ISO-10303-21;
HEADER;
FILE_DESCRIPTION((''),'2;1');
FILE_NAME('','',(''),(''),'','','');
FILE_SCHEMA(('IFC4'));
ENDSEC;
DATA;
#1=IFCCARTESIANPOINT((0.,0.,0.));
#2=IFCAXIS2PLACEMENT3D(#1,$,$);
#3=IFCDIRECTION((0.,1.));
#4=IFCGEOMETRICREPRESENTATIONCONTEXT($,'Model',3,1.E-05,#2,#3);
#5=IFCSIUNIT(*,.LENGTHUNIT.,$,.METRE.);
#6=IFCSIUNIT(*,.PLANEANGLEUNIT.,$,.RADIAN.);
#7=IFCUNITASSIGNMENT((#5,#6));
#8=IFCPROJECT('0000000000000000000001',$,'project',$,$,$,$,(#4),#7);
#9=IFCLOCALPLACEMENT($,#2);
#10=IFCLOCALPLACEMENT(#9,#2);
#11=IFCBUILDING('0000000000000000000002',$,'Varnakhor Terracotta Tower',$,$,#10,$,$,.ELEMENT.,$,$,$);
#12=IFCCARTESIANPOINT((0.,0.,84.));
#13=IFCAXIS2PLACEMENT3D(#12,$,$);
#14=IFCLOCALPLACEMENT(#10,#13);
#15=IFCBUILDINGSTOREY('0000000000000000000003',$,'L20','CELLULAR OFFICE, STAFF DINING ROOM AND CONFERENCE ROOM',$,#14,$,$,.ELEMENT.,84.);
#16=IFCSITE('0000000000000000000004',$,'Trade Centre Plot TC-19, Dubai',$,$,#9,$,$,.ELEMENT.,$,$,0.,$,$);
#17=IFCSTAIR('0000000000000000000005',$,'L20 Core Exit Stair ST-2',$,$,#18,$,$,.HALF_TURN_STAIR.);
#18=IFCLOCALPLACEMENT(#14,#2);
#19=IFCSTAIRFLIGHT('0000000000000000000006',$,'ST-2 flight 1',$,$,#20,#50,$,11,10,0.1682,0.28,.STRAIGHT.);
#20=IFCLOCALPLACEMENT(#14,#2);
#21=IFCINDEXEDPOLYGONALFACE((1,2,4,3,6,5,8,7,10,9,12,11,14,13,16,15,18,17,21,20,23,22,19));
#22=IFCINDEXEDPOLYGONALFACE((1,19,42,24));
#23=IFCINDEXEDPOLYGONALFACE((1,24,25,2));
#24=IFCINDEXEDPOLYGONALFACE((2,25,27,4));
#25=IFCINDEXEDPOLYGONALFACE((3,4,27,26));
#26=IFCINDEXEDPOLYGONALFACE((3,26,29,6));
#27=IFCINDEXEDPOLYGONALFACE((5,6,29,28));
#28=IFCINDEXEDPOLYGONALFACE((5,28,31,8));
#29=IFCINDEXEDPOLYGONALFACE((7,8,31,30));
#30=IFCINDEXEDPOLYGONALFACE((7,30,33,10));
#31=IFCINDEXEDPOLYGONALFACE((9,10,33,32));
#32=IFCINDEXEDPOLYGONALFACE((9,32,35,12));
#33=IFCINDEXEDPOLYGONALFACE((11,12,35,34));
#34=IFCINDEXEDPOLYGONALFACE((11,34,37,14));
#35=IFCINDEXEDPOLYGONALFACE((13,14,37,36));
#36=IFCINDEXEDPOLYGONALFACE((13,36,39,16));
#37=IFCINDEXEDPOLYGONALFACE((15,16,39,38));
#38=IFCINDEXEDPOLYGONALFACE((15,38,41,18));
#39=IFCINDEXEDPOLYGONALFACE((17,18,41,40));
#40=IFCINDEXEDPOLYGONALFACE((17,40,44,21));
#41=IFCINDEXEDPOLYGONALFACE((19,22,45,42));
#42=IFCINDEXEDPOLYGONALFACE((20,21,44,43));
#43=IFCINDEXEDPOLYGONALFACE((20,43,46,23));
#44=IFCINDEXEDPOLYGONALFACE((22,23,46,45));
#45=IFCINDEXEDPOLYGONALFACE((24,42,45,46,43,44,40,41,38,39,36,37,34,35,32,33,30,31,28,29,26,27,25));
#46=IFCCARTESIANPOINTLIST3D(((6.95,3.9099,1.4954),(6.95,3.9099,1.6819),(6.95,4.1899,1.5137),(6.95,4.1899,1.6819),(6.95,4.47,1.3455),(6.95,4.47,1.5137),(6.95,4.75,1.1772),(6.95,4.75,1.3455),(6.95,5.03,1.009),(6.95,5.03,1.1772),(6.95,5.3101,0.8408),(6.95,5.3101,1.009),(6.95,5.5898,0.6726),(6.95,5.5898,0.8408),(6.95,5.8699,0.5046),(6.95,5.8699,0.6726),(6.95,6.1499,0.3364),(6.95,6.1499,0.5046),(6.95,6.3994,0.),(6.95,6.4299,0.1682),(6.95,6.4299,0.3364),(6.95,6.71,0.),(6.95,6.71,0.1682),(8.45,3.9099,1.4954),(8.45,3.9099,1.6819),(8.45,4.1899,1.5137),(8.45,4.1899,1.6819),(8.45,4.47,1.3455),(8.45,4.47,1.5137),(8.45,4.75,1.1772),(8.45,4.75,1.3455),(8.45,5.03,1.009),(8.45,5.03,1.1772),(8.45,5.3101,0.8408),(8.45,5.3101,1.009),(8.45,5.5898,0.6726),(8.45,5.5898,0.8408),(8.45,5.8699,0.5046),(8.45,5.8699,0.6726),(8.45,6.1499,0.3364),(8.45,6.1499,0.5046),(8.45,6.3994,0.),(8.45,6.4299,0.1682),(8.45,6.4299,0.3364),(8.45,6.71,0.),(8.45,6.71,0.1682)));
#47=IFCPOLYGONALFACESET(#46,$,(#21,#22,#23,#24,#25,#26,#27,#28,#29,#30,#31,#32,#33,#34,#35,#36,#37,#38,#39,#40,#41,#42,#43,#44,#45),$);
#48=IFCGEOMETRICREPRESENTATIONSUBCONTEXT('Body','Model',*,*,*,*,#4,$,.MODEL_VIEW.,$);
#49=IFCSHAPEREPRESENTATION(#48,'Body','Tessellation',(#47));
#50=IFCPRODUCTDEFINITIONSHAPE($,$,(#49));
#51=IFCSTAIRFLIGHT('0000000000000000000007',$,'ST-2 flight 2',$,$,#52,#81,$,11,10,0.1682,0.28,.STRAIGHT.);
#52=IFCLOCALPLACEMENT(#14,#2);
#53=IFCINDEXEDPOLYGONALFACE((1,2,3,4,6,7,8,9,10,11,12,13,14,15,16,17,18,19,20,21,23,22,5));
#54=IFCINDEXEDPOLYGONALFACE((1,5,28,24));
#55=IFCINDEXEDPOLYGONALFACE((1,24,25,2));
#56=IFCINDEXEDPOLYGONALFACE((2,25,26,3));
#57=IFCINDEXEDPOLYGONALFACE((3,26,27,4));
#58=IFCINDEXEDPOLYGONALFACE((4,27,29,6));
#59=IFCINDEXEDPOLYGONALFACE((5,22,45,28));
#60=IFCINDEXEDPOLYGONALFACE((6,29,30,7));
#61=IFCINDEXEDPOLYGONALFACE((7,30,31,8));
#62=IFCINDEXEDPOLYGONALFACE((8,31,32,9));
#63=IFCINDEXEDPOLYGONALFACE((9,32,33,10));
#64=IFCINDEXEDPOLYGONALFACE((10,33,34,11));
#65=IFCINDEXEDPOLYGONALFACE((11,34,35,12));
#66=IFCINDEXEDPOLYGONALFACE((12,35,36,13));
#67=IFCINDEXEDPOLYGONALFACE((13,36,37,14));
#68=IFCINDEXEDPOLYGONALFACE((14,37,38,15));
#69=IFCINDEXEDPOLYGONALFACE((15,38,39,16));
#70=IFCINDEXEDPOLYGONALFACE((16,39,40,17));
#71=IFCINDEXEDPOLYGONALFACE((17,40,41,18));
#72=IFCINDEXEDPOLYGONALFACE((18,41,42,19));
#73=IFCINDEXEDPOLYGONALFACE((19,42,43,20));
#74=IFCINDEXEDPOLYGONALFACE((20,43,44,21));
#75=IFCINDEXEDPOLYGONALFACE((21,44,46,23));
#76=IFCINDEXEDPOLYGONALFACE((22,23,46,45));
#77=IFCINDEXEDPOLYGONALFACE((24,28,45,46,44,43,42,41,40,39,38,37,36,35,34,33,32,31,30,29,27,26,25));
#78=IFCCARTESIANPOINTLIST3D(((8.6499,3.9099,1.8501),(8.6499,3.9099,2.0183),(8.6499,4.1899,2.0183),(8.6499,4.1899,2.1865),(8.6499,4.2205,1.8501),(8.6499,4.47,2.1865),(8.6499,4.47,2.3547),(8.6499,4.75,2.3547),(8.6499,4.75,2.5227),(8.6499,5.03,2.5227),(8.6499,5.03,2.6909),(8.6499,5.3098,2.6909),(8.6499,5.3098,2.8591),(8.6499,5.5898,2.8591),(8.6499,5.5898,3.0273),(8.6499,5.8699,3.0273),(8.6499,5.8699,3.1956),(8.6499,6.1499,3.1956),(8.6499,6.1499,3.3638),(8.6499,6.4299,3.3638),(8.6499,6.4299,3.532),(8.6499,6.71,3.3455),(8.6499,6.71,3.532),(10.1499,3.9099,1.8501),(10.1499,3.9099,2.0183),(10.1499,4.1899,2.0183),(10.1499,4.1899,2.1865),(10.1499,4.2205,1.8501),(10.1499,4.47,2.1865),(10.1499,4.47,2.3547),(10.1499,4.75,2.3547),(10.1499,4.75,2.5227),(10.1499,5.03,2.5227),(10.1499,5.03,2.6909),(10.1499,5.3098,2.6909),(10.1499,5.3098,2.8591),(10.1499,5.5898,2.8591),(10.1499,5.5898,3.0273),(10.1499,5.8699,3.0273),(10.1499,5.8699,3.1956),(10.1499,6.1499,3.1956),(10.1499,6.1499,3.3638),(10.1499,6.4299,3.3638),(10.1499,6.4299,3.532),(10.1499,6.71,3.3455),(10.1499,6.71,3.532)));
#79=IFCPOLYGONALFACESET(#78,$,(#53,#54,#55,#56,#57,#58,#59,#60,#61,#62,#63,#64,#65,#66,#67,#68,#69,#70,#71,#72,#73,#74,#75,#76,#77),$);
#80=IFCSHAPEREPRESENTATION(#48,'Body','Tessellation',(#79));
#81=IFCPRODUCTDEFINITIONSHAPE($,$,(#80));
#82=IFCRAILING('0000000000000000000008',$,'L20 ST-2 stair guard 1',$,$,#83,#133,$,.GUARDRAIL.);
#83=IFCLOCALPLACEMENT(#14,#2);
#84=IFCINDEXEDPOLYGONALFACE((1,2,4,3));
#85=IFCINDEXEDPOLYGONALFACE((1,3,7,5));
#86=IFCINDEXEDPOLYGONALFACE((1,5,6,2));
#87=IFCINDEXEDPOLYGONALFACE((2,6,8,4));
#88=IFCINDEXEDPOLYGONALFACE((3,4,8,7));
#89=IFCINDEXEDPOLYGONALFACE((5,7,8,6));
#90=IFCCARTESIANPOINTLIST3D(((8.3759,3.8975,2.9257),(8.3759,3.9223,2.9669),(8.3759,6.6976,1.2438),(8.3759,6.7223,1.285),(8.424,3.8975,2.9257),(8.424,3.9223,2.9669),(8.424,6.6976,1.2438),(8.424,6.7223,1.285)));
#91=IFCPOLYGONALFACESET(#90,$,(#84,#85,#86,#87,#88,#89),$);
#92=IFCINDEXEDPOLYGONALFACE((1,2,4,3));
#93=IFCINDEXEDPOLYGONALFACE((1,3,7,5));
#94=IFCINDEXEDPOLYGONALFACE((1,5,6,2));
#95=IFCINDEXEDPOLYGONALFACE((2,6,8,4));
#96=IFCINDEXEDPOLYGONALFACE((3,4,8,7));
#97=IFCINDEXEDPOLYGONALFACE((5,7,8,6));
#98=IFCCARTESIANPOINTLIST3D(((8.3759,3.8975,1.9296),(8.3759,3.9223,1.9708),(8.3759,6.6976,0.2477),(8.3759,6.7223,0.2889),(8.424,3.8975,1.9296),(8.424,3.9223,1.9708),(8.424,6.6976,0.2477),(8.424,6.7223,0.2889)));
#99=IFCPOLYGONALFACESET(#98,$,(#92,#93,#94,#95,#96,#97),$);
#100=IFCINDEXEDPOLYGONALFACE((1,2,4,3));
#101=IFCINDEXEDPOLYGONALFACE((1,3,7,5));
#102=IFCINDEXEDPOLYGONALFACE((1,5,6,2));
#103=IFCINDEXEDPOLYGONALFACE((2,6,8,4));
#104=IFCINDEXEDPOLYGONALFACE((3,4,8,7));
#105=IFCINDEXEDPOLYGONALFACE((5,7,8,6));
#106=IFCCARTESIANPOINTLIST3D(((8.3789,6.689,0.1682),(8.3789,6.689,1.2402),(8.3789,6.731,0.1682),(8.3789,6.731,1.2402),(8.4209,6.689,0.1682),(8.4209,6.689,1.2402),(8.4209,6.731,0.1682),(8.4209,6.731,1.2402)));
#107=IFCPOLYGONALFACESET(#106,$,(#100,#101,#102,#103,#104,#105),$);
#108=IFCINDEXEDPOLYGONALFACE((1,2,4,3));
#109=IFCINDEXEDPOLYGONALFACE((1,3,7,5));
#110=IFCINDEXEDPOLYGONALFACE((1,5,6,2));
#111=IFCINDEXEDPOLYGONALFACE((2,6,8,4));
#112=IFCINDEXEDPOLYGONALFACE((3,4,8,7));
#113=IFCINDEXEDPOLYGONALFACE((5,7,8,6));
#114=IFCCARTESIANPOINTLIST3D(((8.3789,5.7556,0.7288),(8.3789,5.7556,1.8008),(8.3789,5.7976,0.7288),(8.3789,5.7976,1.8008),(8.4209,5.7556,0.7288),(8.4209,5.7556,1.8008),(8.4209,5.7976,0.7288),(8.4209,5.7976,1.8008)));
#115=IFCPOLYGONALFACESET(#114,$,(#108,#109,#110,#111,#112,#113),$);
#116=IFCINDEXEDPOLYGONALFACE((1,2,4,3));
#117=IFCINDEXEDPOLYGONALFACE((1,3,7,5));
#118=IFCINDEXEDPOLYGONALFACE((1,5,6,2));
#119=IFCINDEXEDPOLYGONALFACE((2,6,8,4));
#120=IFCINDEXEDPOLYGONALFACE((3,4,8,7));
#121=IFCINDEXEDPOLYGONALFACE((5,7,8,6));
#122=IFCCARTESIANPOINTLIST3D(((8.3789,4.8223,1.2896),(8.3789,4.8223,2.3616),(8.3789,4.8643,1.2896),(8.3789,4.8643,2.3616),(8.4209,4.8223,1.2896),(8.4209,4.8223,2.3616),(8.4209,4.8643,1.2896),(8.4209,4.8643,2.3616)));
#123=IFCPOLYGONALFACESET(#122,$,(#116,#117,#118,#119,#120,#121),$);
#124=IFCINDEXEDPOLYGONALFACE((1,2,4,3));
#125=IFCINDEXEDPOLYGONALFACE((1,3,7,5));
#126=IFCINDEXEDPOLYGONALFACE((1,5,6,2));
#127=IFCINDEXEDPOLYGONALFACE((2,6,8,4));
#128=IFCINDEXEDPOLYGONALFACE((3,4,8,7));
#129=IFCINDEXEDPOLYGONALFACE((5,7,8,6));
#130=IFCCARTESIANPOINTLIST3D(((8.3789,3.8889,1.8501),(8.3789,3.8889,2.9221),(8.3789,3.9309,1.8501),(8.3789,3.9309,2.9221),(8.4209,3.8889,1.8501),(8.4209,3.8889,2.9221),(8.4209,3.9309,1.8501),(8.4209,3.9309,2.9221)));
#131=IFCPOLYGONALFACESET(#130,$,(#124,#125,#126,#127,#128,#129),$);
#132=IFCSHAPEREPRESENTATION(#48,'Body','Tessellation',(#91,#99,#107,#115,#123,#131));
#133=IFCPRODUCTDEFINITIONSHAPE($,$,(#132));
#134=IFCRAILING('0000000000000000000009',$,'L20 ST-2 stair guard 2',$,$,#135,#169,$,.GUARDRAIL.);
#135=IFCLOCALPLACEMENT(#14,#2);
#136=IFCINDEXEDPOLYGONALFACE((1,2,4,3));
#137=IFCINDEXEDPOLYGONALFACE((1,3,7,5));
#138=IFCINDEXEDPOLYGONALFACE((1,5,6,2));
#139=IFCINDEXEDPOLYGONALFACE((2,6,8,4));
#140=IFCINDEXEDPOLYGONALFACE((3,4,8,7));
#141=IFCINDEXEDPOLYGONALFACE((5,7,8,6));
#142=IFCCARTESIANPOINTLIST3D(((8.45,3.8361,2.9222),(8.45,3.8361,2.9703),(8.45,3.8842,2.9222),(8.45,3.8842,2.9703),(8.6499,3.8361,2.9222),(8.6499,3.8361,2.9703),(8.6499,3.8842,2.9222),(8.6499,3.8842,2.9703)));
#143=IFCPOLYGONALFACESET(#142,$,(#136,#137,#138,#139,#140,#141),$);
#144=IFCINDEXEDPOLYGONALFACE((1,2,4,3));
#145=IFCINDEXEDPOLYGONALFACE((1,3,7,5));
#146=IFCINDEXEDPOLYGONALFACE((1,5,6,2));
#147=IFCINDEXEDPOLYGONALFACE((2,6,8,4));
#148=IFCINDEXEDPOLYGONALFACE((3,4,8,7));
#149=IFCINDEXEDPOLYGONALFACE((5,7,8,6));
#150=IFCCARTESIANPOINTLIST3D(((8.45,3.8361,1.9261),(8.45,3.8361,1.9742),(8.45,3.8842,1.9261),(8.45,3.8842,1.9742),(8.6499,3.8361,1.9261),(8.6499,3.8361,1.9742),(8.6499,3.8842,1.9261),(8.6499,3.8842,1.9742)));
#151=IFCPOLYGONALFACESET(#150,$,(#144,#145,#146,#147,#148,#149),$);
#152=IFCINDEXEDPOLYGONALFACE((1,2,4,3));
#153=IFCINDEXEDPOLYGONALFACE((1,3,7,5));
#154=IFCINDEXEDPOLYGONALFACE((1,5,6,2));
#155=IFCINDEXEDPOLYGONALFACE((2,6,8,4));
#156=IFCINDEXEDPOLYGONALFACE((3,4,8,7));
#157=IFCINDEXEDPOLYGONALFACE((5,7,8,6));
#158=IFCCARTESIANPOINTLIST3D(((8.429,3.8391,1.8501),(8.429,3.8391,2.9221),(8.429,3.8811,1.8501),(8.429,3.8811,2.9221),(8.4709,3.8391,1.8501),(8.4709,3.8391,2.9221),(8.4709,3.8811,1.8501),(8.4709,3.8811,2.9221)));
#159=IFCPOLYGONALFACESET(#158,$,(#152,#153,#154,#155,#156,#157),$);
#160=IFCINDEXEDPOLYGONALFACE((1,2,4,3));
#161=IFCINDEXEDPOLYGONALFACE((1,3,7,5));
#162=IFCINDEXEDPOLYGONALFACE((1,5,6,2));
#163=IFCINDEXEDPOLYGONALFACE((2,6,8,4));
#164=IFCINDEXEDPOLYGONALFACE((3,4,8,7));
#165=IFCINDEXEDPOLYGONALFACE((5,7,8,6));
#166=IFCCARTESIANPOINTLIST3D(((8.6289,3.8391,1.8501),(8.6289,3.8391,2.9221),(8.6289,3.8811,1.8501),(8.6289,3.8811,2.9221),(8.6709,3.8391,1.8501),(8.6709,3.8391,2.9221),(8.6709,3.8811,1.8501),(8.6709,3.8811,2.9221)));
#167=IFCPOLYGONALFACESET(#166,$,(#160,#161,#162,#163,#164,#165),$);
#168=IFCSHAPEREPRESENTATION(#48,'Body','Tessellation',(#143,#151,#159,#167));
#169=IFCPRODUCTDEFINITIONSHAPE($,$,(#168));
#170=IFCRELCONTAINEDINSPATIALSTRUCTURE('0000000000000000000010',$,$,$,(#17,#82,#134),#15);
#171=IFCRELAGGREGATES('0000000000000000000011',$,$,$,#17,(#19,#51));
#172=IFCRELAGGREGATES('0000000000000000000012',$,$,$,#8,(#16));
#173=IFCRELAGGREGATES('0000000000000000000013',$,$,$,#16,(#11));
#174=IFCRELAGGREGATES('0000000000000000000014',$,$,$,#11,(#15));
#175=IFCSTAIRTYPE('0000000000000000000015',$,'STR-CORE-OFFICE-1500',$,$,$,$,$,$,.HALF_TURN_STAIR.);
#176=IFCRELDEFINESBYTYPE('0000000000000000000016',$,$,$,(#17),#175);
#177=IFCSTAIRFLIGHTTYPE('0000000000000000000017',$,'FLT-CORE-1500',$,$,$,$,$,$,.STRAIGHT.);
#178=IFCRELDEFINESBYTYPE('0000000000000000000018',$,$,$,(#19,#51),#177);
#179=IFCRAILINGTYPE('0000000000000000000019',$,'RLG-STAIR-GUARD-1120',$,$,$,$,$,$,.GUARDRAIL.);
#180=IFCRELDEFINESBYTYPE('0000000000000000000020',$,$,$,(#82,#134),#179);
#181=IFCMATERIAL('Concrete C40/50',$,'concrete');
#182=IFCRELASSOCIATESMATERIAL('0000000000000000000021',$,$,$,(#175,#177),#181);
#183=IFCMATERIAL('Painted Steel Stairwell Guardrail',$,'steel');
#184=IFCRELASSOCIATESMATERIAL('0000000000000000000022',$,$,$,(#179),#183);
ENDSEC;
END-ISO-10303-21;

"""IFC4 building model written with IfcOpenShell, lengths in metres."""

from ifc_helpers import new_model, si_unit, direction, frame, origin, origin_2d, place, context, subcontext, project, spatial, polyline, rectangle, outline, extrude, material, type_object, element, aggregate, save


model = new_model("IFC4")

# Units and contexts
model_context = context("Model", 3, precision=1e-05, world=origin(), true_north=direction((0.0, 1.0)))
body_context = subcontext(model_context, "Body", "Model", "MODEL_VIEW")
ifc_project = project(units=[si_unit("LENGTHUNIT", "METRE"), si_unit("PLANEANGLEUNIT", "RADIAN")], contexts=[model_context])

# Site, building, storey
site_placement = place(None, origin())
site = spatial("IfcSite", under=ifc_project, at=site_placement, Name="Trade Centre Plot TC-19, Dubai", CompositionType="ELEMENT", RefElevation=0.0)
building_placement = place(site_placement, origin())
building = spatial("IfcBuilding", under=site, at=building_placement, Name="Varnakhor Terracotta Tower", CompositionType="ELEMENT")
storey_placement = place(building_placement, frame((0.0, 0.0, 84.0)))
storey = spatial("IfcBuildingStorey", under=building, at=storey_placement, Name="L20", Description="CELLULAR OFFICE, STAFF DINING ROOM AND CONFERENCE ROOM", CompositionType="ELEMENT", Elevation=84.0)

# Shared definitions
ifc_material_1 = material(Name="Concrete C40/50", Category="concrete")

# Stair, stair flights
stair_type = type_object("IfcStairType", Name="STR-CORE-OFFICE-1500", PredefinedType="HALF_TURN_STAIR", material=ifc_material_1)
stair_placement = place(storey_placement, origin())
stair = element("IfcStair", 1, at=stair_placement, inside=storey, type_object=stair_type, Name="L20 Core Exit Stair ST-2", PredefinedType="HALF_TURN_STAIR")
stair_flight_type = type_object("IfcStairFlightType", Name="FLT-CORE-1500", PredefinedType="STRAIGHT", material=ifc_material_1)
stair_flight_1_placement = place(storey_placement, frame((7.7, 6.71, 0.0), z_axis=(0.0, 0.0, 1.0), x_axis=(0.0, -1.0, 0.0)))
stair_flight_1 = element("IfcStairFlight", 2, at=stair_flight_1_placement, type_object=stair_flight_type, Name="ST-2 flight 1", NumberOfRisers=11, NumberOfTreads=10, PredefinedType="STRAIGHT", RiserHeight=0.1682, TreadLength=0.28, context=body_context, shape_type="SweptSolid", body=[
    extrude(outline(polyline([(0.0, 0.0), (0.0, 0.1682), (0.28, 0.1682), (0.28, 0.3364), (0.5601, 0.3364), (0.5601, 0.5046), (0.8401, 0.5046), (0.8401, 0.6726), (1.1201, 0.6726), (1.1201, 0.8408), (1.3999, 0.8408), (1.3999, 1.009), (1.6799, 1.009), (1.6799, 1.1772), (1.96, 1.1772), (1.96, 1.3455), (2.24, 1.3455), (2.24, 1.5137), (2.52, 1.5137), (2.52, 1.6819), (2.8, 1.6819), (2.8, 1.8501), (2.8, 1.4954), (0.3105, 0.0), (0.0, 0.0)])), frame((0.0, 0.75, 0.0), z_axis=(0.0, -1.0, 0.0), x_axis=(1.0, 0.0, 0.0)), (0.0, 0.0, 1.0), 1.5),
])
stair_flight_2_placement = place(storey_placement, frame((9.3999, 3.9099, 1.8501), z_axis=(0.0, 0.0, 1.0), x_axis=(0.0, 1.0, 0.0)))
stair_flight_2 = element("IfcStairFlight", 3, at=stair_flight_2_placement, type_object=stair_flight_type, Name="ST-2 flight 2", NumberOfRisers=11, NumberOfTreads=10, PredefinedType="STRAIGHT", RiserHeight=0.1682, TreadLength=0.28, context=body_context, shape_type="SweptSolid", body=[
    extrude(outline(polyline([(0.0, 0.0), (0.0, 0.1682), (0.28, 0.1682), (0.28, 0.3364), (0.5601, 0.3364), (0.5601, 0.5046), (0.8401, 0.5046), (0.8401, 0.6726), (1.1201, 0.6726), (1.1201, 0.8408), (1.3999, 0.8408), (1.3999, 1.009), (1.6799, 1.009), (1.6799, 1.1772), (1.96, 1.1772), (1.96, 1.3455), (2.24, 1.3455), (2.24, 1.5137), (2.52, 1.5137), (2.52, 1.6819), (2.8, 1.6819), (2.8, 1.8501), (2.8, 1.4954), (0.3105, 0.0), (0.0, 0.0)])), frame((0.0, 0.75, 0.0), z_axis=(0.0, -1.0, 0.0), x_axis=(1.0, 0.0, 0.0)), (0.0, 0.0, 1.0), 1.5),
])
aggregate(stair, [stair_flight_1, stair_flight_2])

# Railings
ifc_material_2 = material(Name="Painted Steel Stairwell Guardrail", Category="steel")
railing_type_1 = type_object("IfcRailingType", Name="RLG-STAIR-GUARD-1120", PredefinedType="GUARDRAIL", material=ifc_material_2)
railing_1_placement = place(storey_placement, frame((8.3999, 6.71, 0.1682)))
element("IfcRailing", 4, at=railing_1_placement, inside=storey, type_object=railing_type_1, Name="L20 ST-2 stair guard 1", PredefinedType="GUARDRAIL", context=body_context, shape_type="SweptSolid", body=[
    extrude(rectangle(XDim=0.0481, YDim=0.0481, at=origin_2d()), frame((0.0, 0.0, 1.0962), z_axis=(0.0, -0.857242, 0.514913), x_axis=(1.0, 0.0, 0.0)), (0.0, 0.0, 1.0), 3.2664),
    extrude(rectangle(XDim=0.0481, YDim=0.0481, at=origin_2d()), frame((0.0, 0.0, 0.1001), z_axis=(0.0, -0.857242, 0.514913), x_axis=(1.0, 0.0, 0.0)), (0.0, 0.0, 1.0), 3.2664),
    extrude(rectangle(XDim=0.042, YDim=0.042, at=origin_2d()), origin(), (0.0, 0.0, 1.0), 1.072),
    extrude(rectangle(XDim=0.042, YDim=0.042, at=origin_2d()), frame((0.0, -0.9333, 0.5605)), (0.0, 0.0, 1.0), 1.072),
    extrude(rectangle(XDim=0.042, YDim=0.042, at=origin_2d()), frame((0.0, -1.8667, 1.1213)), (0.0, 0.0, 1.0), 1.072),
    extrude(rectangle(XDim=0.042, YDim=0.042, at=origin_2d()), frame((0.0, -2.8, 1.6819)), (0.0, 0.0, 1.0), 1.072),
])
railing_2_placement = place(storey_placement, frame((8.45, 3.8601, 1.8501)))
element("IfcRailing", 5, at=railing_2_placement, inside=storey, type_object=railing_type_1, Name="L20 ST-2 stair guard 2", PredefinedType="GUARDRAIL", context=body_context, shape_type="SweptSolid", body=[
    extrude(rectangle(XDim=0.0481, YDim=0.0481, at=origin_2d()), frame((0.0, 0.0, 1.0962), z_axis=(1.0, 0.0, 0.0), x_axis=(0.0, 1.0, 0.0)), (0.0, 0.0, 1.0), 0.2),
    extrude(rectangle(XDim=0.0481, YDim=0.0481, at=origin_2d()), frame((0.0, 0.0, 0.1001), z_axis=(1.0, 0.0, 0.0), x_axis=(0.0, 1.0, 0.0)), (0.0, 0.0, 1.0), 0.2),
    extrude(rectangle(XDim=0.042, YDim=0.042, at=origin_2d()), origin(), (0.0, 0.0, 1.0), 1.072),
    extrude(rectangle(XDim=0.042, YDim=0.042, at=origin_2d()), frame((0.2, 0.0, 0.0)), (0.0, 0.0, 1.0), 1.072),
])

save(model, "model.ifc")
